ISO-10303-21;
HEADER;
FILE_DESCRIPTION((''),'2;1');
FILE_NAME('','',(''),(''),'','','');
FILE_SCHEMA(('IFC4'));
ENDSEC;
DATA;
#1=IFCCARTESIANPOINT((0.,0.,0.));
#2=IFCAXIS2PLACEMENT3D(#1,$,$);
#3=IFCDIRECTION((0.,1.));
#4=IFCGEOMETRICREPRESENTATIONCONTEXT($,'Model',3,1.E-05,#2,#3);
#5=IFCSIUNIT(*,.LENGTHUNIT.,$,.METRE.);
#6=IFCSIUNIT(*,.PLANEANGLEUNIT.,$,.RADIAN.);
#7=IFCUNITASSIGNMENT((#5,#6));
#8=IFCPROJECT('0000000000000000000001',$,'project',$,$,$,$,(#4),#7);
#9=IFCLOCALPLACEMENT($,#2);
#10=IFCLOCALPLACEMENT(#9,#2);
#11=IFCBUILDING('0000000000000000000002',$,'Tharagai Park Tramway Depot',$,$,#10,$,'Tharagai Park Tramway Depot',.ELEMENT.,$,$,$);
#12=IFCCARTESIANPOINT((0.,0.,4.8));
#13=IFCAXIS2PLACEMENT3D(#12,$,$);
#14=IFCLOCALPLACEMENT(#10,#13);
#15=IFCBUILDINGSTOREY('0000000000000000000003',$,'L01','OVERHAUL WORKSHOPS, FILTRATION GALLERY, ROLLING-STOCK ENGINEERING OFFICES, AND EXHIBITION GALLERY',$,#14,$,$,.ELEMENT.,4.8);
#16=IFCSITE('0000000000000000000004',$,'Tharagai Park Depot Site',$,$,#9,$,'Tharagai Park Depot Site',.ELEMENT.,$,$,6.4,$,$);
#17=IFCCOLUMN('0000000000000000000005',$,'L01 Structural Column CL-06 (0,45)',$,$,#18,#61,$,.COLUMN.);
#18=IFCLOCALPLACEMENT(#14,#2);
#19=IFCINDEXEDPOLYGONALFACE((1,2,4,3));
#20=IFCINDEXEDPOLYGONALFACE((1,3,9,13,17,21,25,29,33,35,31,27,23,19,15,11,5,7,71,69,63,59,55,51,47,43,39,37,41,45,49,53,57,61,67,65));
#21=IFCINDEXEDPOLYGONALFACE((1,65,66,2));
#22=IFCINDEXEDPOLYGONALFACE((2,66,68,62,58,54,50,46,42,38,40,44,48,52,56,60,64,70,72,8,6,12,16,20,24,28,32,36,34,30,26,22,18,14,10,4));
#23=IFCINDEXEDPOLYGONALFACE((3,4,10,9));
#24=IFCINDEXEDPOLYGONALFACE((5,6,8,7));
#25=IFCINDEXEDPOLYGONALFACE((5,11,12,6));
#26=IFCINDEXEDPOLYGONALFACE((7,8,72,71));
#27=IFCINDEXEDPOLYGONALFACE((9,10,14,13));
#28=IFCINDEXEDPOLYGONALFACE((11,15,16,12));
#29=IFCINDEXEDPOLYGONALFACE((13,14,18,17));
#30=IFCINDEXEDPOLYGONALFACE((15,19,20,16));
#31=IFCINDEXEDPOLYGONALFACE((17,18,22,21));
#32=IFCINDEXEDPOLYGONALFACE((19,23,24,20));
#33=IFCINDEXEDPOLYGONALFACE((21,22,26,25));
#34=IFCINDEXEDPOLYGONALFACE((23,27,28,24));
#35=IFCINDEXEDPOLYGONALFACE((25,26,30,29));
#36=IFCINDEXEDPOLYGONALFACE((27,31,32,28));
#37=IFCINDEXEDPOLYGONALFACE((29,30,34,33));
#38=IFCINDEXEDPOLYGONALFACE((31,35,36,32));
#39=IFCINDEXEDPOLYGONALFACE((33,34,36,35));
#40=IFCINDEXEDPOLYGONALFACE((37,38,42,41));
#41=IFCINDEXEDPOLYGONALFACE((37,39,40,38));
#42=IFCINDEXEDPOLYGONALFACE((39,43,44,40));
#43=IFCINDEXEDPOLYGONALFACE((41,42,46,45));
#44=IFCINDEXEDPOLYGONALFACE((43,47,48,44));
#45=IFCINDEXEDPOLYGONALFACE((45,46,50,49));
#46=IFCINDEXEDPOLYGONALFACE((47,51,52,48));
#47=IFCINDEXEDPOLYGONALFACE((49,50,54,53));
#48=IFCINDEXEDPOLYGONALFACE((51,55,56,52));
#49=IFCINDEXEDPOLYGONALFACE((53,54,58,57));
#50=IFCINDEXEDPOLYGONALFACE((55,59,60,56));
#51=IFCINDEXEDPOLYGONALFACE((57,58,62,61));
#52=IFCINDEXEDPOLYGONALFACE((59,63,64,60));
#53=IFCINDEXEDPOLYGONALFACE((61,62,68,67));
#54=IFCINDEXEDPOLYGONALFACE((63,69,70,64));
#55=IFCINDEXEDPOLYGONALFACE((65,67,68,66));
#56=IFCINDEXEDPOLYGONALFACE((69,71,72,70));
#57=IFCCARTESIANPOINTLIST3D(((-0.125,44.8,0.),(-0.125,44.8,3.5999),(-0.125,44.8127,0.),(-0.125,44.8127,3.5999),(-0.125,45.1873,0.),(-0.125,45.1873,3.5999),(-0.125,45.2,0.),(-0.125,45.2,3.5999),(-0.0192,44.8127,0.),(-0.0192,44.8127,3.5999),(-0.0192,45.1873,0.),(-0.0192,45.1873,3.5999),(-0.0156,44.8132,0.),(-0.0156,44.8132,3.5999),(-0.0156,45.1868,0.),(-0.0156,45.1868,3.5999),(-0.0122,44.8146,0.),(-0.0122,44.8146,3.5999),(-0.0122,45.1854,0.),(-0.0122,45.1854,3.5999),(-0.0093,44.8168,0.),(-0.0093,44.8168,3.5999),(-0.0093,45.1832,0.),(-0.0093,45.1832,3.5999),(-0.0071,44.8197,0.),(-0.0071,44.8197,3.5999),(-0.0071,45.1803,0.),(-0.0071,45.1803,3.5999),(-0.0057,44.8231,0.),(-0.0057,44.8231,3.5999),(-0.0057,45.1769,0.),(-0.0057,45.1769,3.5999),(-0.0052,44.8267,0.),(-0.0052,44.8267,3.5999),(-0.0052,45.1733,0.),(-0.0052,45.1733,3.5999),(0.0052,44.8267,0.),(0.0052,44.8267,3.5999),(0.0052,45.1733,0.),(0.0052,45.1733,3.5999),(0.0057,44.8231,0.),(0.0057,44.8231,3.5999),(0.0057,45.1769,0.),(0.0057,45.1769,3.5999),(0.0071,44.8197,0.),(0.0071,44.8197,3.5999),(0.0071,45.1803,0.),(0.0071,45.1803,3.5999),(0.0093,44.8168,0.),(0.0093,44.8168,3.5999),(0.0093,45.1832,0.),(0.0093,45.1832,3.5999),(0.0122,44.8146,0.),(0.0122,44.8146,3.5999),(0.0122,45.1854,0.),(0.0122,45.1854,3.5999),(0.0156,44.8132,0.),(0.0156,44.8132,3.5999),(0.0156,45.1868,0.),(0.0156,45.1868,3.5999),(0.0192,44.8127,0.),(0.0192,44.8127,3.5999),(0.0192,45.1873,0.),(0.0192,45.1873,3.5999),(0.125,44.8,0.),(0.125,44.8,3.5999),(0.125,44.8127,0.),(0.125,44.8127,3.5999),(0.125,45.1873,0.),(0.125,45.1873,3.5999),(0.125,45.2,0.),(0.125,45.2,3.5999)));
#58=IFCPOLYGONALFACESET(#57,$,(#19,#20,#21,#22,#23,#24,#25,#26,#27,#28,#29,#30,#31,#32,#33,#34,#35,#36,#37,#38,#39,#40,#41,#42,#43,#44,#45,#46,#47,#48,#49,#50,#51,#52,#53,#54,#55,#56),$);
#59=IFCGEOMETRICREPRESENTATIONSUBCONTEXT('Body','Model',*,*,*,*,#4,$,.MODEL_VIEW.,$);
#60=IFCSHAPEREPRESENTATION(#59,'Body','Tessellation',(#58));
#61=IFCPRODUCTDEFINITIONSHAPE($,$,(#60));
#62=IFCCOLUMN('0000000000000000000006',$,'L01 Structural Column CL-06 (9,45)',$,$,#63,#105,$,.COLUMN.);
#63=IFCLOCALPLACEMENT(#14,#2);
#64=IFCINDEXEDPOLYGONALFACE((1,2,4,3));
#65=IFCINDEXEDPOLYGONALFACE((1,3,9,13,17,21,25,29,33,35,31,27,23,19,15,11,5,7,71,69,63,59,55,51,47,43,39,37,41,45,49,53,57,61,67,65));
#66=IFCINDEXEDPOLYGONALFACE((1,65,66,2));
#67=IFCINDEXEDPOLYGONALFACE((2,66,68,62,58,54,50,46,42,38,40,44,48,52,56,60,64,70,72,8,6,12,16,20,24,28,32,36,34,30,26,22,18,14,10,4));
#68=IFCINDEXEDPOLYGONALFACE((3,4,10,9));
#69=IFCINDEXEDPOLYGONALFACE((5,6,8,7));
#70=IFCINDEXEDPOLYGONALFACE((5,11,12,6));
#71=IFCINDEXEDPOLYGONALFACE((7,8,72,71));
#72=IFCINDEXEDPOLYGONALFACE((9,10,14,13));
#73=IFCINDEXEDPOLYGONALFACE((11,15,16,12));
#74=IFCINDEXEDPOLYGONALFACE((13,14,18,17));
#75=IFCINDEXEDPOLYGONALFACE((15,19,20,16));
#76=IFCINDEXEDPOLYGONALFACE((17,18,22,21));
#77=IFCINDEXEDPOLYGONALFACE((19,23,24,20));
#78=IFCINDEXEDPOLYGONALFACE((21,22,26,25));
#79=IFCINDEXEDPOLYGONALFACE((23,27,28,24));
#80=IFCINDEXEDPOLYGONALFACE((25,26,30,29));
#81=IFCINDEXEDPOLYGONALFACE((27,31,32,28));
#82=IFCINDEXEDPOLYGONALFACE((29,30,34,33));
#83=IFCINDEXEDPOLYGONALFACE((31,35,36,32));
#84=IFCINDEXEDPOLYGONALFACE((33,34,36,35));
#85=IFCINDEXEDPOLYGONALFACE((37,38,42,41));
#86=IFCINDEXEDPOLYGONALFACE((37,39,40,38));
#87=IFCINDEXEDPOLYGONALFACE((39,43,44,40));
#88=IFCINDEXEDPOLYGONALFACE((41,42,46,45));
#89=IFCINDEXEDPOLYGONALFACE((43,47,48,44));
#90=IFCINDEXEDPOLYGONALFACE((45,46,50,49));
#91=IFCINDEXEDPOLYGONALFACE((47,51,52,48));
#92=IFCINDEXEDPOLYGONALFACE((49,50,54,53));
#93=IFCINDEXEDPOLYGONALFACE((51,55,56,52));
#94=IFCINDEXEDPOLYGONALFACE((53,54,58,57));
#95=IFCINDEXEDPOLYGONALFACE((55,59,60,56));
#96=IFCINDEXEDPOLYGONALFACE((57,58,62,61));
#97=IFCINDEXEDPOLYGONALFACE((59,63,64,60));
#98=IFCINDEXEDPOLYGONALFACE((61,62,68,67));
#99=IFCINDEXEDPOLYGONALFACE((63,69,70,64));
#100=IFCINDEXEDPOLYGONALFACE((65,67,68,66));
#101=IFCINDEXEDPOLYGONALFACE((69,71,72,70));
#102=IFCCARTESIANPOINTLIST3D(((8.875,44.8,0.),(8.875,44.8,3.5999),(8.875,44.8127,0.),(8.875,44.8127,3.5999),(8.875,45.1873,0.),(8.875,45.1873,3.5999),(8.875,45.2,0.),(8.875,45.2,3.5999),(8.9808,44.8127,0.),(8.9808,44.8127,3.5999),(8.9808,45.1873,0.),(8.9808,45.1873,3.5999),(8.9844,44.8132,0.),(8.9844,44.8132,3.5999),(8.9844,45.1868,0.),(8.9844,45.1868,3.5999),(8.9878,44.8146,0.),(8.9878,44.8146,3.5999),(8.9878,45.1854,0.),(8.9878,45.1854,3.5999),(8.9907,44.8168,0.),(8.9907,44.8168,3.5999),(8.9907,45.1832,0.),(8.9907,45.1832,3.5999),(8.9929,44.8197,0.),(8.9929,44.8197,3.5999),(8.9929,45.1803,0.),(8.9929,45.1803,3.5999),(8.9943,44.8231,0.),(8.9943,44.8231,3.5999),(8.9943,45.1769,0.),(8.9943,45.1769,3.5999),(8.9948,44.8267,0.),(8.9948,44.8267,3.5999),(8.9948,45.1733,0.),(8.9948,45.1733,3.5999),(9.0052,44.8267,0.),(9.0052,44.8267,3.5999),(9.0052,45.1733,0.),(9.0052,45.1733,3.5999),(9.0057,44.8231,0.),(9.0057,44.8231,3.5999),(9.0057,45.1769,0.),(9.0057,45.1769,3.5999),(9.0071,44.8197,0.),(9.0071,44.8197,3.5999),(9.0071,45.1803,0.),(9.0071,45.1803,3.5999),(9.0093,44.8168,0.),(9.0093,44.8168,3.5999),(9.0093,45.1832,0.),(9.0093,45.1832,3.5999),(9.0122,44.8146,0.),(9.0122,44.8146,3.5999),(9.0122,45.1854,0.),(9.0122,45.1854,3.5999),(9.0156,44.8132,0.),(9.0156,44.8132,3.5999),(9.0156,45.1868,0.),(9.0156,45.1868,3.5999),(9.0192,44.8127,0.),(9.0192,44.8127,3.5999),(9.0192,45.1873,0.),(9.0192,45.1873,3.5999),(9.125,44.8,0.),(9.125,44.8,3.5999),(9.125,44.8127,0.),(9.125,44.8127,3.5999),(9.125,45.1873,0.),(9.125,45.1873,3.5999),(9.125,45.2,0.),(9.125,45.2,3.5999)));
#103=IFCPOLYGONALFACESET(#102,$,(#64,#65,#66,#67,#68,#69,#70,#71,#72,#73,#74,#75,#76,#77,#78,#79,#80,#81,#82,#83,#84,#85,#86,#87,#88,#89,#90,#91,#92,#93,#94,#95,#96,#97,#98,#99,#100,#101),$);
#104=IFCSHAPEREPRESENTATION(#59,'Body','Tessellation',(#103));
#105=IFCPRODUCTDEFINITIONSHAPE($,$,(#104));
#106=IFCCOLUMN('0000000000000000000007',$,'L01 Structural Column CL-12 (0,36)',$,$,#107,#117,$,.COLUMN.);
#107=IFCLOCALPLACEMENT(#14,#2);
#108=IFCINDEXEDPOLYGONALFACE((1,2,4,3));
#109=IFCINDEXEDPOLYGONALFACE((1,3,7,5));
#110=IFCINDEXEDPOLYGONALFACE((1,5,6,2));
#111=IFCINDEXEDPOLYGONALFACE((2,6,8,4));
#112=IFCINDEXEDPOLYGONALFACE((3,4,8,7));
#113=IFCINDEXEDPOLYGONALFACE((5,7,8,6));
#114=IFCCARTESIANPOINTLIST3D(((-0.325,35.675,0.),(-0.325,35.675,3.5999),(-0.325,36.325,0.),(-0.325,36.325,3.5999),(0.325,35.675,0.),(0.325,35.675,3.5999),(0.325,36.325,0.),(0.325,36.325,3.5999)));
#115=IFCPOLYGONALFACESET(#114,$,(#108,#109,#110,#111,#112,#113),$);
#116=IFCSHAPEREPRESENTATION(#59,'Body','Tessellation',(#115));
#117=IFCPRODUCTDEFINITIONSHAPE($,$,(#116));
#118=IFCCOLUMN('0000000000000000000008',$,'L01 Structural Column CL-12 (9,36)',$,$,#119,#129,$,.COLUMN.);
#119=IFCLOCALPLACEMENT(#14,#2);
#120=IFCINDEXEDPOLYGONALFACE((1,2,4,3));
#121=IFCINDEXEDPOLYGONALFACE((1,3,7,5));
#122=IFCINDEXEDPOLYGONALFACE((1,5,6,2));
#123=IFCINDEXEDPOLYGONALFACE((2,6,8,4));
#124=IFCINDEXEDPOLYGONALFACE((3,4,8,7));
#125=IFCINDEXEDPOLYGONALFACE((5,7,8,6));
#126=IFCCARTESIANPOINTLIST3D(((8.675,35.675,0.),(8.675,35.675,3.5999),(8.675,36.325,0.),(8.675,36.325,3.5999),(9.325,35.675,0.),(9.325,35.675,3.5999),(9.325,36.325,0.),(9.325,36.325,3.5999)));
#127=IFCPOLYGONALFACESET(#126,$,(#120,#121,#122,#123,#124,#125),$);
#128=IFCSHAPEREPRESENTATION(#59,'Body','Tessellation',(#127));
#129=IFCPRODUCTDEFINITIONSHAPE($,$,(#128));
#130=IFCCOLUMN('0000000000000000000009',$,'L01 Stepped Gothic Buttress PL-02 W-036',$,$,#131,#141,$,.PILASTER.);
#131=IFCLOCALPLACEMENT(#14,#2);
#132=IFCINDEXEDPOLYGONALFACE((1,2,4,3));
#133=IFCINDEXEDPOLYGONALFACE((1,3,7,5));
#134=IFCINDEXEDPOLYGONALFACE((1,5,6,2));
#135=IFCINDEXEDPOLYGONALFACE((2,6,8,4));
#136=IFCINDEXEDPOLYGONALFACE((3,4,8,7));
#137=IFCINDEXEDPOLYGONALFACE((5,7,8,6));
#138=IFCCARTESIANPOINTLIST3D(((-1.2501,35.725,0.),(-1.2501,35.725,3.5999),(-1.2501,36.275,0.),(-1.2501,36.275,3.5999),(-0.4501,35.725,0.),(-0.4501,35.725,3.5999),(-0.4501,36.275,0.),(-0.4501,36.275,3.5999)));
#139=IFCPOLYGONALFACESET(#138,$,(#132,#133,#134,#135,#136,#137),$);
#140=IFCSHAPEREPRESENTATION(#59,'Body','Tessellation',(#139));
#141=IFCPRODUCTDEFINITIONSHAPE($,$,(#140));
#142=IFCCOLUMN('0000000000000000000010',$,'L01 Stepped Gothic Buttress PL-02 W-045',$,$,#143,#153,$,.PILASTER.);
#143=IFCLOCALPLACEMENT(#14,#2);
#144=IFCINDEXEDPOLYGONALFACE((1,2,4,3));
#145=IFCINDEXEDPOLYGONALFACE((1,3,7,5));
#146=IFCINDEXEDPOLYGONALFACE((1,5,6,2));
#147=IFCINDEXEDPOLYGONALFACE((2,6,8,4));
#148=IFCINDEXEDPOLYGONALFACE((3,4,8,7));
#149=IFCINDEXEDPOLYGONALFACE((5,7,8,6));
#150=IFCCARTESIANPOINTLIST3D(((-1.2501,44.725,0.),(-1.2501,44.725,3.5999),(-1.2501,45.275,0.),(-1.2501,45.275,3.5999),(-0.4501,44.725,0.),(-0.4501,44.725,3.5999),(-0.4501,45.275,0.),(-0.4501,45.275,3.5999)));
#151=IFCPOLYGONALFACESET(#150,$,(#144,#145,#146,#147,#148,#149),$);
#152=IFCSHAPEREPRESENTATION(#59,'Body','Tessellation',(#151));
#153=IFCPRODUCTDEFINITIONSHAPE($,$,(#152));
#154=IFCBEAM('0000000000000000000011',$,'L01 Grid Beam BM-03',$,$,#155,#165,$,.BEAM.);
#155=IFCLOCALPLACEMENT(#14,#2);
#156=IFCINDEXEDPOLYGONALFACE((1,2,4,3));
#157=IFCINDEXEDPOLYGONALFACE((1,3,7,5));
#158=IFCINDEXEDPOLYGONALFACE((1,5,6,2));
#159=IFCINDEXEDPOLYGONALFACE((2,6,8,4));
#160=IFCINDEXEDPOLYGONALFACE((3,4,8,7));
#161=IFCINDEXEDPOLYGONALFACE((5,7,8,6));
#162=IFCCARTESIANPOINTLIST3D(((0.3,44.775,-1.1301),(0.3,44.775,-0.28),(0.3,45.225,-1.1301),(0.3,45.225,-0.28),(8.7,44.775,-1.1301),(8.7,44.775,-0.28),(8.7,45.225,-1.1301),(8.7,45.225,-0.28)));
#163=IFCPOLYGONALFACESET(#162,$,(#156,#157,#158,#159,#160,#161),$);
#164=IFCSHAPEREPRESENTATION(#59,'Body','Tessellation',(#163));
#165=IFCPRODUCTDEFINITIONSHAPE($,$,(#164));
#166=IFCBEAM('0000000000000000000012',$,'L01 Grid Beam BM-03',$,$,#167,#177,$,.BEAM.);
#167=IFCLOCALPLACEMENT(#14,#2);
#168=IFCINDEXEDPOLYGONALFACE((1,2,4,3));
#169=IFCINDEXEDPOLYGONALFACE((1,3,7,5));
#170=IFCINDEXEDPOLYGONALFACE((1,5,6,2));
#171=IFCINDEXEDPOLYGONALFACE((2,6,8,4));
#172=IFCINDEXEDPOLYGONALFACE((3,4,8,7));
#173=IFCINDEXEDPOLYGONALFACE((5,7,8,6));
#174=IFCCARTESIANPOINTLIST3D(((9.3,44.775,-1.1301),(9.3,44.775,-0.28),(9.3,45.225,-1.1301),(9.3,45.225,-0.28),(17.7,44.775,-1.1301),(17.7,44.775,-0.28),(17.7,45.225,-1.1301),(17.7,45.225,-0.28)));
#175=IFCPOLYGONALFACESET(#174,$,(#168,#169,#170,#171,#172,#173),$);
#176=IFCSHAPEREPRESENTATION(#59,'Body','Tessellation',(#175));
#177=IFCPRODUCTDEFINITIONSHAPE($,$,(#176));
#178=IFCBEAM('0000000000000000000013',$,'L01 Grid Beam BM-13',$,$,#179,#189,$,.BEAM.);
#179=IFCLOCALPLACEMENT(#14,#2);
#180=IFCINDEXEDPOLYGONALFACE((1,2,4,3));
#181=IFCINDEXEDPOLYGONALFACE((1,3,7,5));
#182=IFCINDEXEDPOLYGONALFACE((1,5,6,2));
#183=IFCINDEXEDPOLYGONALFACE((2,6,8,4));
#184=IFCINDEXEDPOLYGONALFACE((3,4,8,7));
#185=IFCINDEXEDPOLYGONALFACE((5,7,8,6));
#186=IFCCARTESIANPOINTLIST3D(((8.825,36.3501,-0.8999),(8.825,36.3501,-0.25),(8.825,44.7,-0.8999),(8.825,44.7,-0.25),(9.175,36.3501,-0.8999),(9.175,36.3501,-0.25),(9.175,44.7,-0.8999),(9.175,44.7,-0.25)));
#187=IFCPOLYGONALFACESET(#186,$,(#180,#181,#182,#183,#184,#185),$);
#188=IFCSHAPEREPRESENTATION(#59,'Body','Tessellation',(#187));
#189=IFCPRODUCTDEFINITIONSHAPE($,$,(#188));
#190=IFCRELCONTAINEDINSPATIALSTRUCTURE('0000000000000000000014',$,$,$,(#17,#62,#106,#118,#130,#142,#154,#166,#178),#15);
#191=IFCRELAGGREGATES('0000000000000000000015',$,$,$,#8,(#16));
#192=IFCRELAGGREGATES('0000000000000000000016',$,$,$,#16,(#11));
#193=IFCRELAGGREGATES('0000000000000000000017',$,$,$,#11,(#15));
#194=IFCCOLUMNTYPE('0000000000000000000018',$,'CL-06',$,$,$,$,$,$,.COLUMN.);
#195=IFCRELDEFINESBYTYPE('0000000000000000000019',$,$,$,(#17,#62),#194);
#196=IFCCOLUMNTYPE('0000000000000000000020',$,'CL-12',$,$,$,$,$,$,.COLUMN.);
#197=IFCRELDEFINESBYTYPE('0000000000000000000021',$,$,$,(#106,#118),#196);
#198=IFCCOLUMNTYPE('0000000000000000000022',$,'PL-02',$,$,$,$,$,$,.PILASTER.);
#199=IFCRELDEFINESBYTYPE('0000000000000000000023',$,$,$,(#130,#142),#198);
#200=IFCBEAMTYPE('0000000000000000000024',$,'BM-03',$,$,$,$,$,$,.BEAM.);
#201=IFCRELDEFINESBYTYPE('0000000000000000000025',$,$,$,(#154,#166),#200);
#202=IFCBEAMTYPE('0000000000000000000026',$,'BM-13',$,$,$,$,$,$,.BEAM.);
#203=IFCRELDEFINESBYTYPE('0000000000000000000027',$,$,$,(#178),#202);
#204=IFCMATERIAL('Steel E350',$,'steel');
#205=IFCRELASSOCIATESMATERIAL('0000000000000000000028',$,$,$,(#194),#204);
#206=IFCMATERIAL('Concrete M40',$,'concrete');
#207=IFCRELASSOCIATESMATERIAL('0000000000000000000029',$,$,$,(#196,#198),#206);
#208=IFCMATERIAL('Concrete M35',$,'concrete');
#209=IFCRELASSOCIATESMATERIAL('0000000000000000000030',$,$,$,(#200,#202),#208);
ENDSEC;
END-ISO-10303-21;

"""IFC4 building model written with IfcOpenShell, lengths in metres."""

from ifc_helpers import new_model, si_unit, direction, frame, origin, origin_2d, place, context, subcontext, project, spatial, rectangle, i_section, extrude, material, material_profile, profile_set, type_object, element, save


model = new_model("IFC4")

# Units and contexts
model_context = context("Model", 3, precision=1e-05, world=origin(), true_north=direction((0.0, 1.0)))
body_context = subcontext(model_context, "Body", "Model", "MODEL_VIEW")
ifc_project = project(units=[si_unit("LENGTHUNIT", "METRE"), si_unit("PLANEANGLEUNIT", "RADIAN")], contexts=[model_context])

# Site, building, storey
site_placement = place(None, origin())
site = spatial("IfcSite", under=ifc_project, at=site_placement, Name="Tharagai Park Depot Site", LongName="Tharagai Park Depot Site", CompositionType="ELEMENT", RefElevation=6.4)
building_placement = place(site_placement, origin())
building = spatial("IfcBuilding", under=site, at=building_placement, Name="Tharagai Park Tramway Depot", LongName="Tharagai Park Tramway Depot", CompositionType="ELEMENT")
storey_placement = place(building_placement, frame((0.0, 0.0, 4.8)))
storey = spatial("IfcBuildingStorey", under=building, at=storey_placement, Name="L01", Description="OVERHAUL WORKSHOPS, FILTRATION GALLERY, ROLLING-STOCK ENGINEERING OFFICES, AND EXHIBITION GALLERY", CompositionType="ELEMENT", Elevation=4.8)

# Columns
ifc_material_1 = material(Name="Steel E350", Category="steel")
ifc_material_profile_1 = material_profile(ifc_material_1, i_section(OverallWidth=0.25, OverallDepth=0.3999, WebThickness=0.0105, FlangeThickness=0.0127, FilletRadius=0.0139, at=origin_2d()), Name="ISHB 400")
ifc_profile_set_1 = profile_set([ifc_material_profile_1], Name="Steel E350")
column_type_1 = type_object("IfcColumnType", Name="CL-06", PredefinedType="COLUMN", material=ifc_profile_set_1)
for number, where, z_axis, x_axis, name in (
    (1, (0.0, 45.0, 0.0), (0.0, 0.0, 1.0), (1.0, 0.0, 0.0), "L01 Structural Column CL-06 (0,45)"),
    (2, (9.0, 45.0, 0.0), (0.0, 0.0, 1.0), (1.0, 0.0, 0.0), "L01 Structural Column CL-06 (9,45)"),
):
    element("IfcColumn", number, at=place(storey_placement, frame(where, z_axis=z_axis, x_axis=x_axis)), inside=storey, type_object=column_type_1, Name=name, PredefinedType="COLUMN", context=body_context, shape_type="SweptSolid", body=[
        extrude(i_section(OverallWidth=0.25, OverallDepth=0.3999, WebThickness=0.0105, FlangeThickness=0.0127, FilletRadius=0.0139, at=origin_2d()), origin(), (0.0, 0.0, 1.0), 3.5999),
    ])
ifc_material_2 = material(Name="Concrete M40", Category="concrete")
ifc_material_profile_2 = material_profile(ifc_material_2, rectangle(XDim=0.6499, YDim=0.6499, at=origin_2d()), Name="RC 650x650")
ifc_profile_set_2 = profile_set([ifc_material_profile_2], Name="Concrete M40")
column_type_2 = type_object("IfcColumnType", Name="CL-12", PredefinedType="COLUMN", material=ifc_profile_set_2)
for number, where, z_axis, x_axis, name in (
    (3, (0.0, 36.0, 0.0), (0.0, 0.0, 1.0), (1.0, 0.0, 0.0), "L01 Structural Column CL-12 (0,36)"),
    (4, (9.0, 36.0, 0.0), (0.0, 0.0, 1.0), (1.0, 0.0, 0.0), "L01 Structural Column CL-12 (9,36)"),
):
    element("IfcColumn", number, at=place(storey_placement, frame(where, z_axis=z_axis, x_axis=x_axis)), inside=storey, type_object=column_type_2, Name=name, PredefinedType="COLUMN", context=body_context, shape_type="SweptSolid", body=[
        extrude(rectangle(XDim=0.6499, YDim=0.6499, at=origin_2d()), origin(), (0.0, 0.0, 1.0), 3.5999),
    ])
ifc_material_profile_3 = material_profile(ifc_material_2, rectangle(XDim=0.55, YDim=0.8, at=origin_2d()), Name="RC 550x800")
ifc_profile_set_3 = profile_set([ifc_material_profile_3], Name="Concrete M40")
column_type_3 = type_object("IfcColumnType", Name="PL-02", PredefinedType="PILASTER", material=ifc_profile_set_3)
for number, where, z_axis, x_axis, name in (
    (5, (-0.8501, 36.0, 0.0), (0.0, 0.0, 1.0), (0.0, 1.0, 0.0), "L01 Stepped Gothic Buttress PL-02 W-036"),
    (6, (-0.8501, 45.0, 0.0), (0.0, 0.0, 1.0), (0.0, 1.0, 0.0), "L01 Stepped Gothic Buttress PL-02 W-045"),
):
    element("IfcColumn", number, at=place(storey_placement, frame(where, z_axis=z_axis, x_axis=x_axis)), inside=storey, type_object=column_type_3, Name=name, PredefinedType="PILASTER", context=body_context, shape_type="SweptSolid", body=[
        extrude(rectangle(XDim=0.55, YDim=0.8, at=origin_2d()), origin(), (0.0, 0.0, 1.0), 3.5999),
    ])

# Beams
ifc_material_3 = material(Name="Concrete M35", Category="concrete")
ifc_material_profile_4 = material_profile(ifc_material_3, rectangle(XDim=0.45, YDim=0.8501, at=origin_2d()), Name="RC 450x850")
ifc_profile_set_4 = profile_set([ifc_material_profile_4], Name="Concrete M35")
beam_type_1 = type_object("IfcBeamType", Name="BM-03", PredefinedType="BEAM", material=ifc_profile_set_4)
for number, where, z_axis, x_axis, name in (
    (7, (0.3, 45.0, -0.7051), (1.0, 0.0, 0.0), (0.0, 1.0, 0.0), "L01 Grid Beam BM-03"),
    (8, (9.3, 45.0, -0.7051), (1.0, 0.0, 0.0), (0.0, 1.0, 0.0), "L01 Grid Beam BM-03"),
):
    element("IfcBeam", number, at=place(storey_placement, frame(where, z_axis=z_axis, x_axis=x_axis)), inside=storey, type_object=beam_type_1, Name=name, PredefinedType="BEAM", context=body_context, shape_type="SweptSolid", body=[
        extrude(rectangle(XDim=0.45, YDim=0.8501, at=origin_2d()), origin(), (0.0, 0.0, 1.0), 8.3999),
    ])
ifc_material_profile_5 = material_profile(ifc_material_3, rectangle(XDim=0.3501, YDim=0.6499, at=origin_2d()), Name="RC 350x650")
ifc_profile_set_5 = profile_set([ifc_material_profile_5], Name="Concrete M35")
beam_type_2 = type_object("IfcBeamType", Name="BM-13", PredefinedType="BEAM", material=ifc_profile_set_5)
beam_1_placement = place(storey_placement, frame((9.0, 36.3501, -0.575), z_axis=(0.0, 1.0, 0.0), x_axis=(-1.0, 0.0, 0.0)))
element("IfcBeam", 9, at=beam_1_placement, inside=storey, type_object=beam_type_2, Name="L01 Grid Beam BM-13", PredefinedType="BEAM", context=body_context, shape_type="SweptSolid", body=[
    extrude(rectangle(XDim=0.3501, YDim=0.6499, at=origin_2d()), origin(), (0.0, 0.0, 1.0), 8.3499),
])

save(model, "model.ifc")
